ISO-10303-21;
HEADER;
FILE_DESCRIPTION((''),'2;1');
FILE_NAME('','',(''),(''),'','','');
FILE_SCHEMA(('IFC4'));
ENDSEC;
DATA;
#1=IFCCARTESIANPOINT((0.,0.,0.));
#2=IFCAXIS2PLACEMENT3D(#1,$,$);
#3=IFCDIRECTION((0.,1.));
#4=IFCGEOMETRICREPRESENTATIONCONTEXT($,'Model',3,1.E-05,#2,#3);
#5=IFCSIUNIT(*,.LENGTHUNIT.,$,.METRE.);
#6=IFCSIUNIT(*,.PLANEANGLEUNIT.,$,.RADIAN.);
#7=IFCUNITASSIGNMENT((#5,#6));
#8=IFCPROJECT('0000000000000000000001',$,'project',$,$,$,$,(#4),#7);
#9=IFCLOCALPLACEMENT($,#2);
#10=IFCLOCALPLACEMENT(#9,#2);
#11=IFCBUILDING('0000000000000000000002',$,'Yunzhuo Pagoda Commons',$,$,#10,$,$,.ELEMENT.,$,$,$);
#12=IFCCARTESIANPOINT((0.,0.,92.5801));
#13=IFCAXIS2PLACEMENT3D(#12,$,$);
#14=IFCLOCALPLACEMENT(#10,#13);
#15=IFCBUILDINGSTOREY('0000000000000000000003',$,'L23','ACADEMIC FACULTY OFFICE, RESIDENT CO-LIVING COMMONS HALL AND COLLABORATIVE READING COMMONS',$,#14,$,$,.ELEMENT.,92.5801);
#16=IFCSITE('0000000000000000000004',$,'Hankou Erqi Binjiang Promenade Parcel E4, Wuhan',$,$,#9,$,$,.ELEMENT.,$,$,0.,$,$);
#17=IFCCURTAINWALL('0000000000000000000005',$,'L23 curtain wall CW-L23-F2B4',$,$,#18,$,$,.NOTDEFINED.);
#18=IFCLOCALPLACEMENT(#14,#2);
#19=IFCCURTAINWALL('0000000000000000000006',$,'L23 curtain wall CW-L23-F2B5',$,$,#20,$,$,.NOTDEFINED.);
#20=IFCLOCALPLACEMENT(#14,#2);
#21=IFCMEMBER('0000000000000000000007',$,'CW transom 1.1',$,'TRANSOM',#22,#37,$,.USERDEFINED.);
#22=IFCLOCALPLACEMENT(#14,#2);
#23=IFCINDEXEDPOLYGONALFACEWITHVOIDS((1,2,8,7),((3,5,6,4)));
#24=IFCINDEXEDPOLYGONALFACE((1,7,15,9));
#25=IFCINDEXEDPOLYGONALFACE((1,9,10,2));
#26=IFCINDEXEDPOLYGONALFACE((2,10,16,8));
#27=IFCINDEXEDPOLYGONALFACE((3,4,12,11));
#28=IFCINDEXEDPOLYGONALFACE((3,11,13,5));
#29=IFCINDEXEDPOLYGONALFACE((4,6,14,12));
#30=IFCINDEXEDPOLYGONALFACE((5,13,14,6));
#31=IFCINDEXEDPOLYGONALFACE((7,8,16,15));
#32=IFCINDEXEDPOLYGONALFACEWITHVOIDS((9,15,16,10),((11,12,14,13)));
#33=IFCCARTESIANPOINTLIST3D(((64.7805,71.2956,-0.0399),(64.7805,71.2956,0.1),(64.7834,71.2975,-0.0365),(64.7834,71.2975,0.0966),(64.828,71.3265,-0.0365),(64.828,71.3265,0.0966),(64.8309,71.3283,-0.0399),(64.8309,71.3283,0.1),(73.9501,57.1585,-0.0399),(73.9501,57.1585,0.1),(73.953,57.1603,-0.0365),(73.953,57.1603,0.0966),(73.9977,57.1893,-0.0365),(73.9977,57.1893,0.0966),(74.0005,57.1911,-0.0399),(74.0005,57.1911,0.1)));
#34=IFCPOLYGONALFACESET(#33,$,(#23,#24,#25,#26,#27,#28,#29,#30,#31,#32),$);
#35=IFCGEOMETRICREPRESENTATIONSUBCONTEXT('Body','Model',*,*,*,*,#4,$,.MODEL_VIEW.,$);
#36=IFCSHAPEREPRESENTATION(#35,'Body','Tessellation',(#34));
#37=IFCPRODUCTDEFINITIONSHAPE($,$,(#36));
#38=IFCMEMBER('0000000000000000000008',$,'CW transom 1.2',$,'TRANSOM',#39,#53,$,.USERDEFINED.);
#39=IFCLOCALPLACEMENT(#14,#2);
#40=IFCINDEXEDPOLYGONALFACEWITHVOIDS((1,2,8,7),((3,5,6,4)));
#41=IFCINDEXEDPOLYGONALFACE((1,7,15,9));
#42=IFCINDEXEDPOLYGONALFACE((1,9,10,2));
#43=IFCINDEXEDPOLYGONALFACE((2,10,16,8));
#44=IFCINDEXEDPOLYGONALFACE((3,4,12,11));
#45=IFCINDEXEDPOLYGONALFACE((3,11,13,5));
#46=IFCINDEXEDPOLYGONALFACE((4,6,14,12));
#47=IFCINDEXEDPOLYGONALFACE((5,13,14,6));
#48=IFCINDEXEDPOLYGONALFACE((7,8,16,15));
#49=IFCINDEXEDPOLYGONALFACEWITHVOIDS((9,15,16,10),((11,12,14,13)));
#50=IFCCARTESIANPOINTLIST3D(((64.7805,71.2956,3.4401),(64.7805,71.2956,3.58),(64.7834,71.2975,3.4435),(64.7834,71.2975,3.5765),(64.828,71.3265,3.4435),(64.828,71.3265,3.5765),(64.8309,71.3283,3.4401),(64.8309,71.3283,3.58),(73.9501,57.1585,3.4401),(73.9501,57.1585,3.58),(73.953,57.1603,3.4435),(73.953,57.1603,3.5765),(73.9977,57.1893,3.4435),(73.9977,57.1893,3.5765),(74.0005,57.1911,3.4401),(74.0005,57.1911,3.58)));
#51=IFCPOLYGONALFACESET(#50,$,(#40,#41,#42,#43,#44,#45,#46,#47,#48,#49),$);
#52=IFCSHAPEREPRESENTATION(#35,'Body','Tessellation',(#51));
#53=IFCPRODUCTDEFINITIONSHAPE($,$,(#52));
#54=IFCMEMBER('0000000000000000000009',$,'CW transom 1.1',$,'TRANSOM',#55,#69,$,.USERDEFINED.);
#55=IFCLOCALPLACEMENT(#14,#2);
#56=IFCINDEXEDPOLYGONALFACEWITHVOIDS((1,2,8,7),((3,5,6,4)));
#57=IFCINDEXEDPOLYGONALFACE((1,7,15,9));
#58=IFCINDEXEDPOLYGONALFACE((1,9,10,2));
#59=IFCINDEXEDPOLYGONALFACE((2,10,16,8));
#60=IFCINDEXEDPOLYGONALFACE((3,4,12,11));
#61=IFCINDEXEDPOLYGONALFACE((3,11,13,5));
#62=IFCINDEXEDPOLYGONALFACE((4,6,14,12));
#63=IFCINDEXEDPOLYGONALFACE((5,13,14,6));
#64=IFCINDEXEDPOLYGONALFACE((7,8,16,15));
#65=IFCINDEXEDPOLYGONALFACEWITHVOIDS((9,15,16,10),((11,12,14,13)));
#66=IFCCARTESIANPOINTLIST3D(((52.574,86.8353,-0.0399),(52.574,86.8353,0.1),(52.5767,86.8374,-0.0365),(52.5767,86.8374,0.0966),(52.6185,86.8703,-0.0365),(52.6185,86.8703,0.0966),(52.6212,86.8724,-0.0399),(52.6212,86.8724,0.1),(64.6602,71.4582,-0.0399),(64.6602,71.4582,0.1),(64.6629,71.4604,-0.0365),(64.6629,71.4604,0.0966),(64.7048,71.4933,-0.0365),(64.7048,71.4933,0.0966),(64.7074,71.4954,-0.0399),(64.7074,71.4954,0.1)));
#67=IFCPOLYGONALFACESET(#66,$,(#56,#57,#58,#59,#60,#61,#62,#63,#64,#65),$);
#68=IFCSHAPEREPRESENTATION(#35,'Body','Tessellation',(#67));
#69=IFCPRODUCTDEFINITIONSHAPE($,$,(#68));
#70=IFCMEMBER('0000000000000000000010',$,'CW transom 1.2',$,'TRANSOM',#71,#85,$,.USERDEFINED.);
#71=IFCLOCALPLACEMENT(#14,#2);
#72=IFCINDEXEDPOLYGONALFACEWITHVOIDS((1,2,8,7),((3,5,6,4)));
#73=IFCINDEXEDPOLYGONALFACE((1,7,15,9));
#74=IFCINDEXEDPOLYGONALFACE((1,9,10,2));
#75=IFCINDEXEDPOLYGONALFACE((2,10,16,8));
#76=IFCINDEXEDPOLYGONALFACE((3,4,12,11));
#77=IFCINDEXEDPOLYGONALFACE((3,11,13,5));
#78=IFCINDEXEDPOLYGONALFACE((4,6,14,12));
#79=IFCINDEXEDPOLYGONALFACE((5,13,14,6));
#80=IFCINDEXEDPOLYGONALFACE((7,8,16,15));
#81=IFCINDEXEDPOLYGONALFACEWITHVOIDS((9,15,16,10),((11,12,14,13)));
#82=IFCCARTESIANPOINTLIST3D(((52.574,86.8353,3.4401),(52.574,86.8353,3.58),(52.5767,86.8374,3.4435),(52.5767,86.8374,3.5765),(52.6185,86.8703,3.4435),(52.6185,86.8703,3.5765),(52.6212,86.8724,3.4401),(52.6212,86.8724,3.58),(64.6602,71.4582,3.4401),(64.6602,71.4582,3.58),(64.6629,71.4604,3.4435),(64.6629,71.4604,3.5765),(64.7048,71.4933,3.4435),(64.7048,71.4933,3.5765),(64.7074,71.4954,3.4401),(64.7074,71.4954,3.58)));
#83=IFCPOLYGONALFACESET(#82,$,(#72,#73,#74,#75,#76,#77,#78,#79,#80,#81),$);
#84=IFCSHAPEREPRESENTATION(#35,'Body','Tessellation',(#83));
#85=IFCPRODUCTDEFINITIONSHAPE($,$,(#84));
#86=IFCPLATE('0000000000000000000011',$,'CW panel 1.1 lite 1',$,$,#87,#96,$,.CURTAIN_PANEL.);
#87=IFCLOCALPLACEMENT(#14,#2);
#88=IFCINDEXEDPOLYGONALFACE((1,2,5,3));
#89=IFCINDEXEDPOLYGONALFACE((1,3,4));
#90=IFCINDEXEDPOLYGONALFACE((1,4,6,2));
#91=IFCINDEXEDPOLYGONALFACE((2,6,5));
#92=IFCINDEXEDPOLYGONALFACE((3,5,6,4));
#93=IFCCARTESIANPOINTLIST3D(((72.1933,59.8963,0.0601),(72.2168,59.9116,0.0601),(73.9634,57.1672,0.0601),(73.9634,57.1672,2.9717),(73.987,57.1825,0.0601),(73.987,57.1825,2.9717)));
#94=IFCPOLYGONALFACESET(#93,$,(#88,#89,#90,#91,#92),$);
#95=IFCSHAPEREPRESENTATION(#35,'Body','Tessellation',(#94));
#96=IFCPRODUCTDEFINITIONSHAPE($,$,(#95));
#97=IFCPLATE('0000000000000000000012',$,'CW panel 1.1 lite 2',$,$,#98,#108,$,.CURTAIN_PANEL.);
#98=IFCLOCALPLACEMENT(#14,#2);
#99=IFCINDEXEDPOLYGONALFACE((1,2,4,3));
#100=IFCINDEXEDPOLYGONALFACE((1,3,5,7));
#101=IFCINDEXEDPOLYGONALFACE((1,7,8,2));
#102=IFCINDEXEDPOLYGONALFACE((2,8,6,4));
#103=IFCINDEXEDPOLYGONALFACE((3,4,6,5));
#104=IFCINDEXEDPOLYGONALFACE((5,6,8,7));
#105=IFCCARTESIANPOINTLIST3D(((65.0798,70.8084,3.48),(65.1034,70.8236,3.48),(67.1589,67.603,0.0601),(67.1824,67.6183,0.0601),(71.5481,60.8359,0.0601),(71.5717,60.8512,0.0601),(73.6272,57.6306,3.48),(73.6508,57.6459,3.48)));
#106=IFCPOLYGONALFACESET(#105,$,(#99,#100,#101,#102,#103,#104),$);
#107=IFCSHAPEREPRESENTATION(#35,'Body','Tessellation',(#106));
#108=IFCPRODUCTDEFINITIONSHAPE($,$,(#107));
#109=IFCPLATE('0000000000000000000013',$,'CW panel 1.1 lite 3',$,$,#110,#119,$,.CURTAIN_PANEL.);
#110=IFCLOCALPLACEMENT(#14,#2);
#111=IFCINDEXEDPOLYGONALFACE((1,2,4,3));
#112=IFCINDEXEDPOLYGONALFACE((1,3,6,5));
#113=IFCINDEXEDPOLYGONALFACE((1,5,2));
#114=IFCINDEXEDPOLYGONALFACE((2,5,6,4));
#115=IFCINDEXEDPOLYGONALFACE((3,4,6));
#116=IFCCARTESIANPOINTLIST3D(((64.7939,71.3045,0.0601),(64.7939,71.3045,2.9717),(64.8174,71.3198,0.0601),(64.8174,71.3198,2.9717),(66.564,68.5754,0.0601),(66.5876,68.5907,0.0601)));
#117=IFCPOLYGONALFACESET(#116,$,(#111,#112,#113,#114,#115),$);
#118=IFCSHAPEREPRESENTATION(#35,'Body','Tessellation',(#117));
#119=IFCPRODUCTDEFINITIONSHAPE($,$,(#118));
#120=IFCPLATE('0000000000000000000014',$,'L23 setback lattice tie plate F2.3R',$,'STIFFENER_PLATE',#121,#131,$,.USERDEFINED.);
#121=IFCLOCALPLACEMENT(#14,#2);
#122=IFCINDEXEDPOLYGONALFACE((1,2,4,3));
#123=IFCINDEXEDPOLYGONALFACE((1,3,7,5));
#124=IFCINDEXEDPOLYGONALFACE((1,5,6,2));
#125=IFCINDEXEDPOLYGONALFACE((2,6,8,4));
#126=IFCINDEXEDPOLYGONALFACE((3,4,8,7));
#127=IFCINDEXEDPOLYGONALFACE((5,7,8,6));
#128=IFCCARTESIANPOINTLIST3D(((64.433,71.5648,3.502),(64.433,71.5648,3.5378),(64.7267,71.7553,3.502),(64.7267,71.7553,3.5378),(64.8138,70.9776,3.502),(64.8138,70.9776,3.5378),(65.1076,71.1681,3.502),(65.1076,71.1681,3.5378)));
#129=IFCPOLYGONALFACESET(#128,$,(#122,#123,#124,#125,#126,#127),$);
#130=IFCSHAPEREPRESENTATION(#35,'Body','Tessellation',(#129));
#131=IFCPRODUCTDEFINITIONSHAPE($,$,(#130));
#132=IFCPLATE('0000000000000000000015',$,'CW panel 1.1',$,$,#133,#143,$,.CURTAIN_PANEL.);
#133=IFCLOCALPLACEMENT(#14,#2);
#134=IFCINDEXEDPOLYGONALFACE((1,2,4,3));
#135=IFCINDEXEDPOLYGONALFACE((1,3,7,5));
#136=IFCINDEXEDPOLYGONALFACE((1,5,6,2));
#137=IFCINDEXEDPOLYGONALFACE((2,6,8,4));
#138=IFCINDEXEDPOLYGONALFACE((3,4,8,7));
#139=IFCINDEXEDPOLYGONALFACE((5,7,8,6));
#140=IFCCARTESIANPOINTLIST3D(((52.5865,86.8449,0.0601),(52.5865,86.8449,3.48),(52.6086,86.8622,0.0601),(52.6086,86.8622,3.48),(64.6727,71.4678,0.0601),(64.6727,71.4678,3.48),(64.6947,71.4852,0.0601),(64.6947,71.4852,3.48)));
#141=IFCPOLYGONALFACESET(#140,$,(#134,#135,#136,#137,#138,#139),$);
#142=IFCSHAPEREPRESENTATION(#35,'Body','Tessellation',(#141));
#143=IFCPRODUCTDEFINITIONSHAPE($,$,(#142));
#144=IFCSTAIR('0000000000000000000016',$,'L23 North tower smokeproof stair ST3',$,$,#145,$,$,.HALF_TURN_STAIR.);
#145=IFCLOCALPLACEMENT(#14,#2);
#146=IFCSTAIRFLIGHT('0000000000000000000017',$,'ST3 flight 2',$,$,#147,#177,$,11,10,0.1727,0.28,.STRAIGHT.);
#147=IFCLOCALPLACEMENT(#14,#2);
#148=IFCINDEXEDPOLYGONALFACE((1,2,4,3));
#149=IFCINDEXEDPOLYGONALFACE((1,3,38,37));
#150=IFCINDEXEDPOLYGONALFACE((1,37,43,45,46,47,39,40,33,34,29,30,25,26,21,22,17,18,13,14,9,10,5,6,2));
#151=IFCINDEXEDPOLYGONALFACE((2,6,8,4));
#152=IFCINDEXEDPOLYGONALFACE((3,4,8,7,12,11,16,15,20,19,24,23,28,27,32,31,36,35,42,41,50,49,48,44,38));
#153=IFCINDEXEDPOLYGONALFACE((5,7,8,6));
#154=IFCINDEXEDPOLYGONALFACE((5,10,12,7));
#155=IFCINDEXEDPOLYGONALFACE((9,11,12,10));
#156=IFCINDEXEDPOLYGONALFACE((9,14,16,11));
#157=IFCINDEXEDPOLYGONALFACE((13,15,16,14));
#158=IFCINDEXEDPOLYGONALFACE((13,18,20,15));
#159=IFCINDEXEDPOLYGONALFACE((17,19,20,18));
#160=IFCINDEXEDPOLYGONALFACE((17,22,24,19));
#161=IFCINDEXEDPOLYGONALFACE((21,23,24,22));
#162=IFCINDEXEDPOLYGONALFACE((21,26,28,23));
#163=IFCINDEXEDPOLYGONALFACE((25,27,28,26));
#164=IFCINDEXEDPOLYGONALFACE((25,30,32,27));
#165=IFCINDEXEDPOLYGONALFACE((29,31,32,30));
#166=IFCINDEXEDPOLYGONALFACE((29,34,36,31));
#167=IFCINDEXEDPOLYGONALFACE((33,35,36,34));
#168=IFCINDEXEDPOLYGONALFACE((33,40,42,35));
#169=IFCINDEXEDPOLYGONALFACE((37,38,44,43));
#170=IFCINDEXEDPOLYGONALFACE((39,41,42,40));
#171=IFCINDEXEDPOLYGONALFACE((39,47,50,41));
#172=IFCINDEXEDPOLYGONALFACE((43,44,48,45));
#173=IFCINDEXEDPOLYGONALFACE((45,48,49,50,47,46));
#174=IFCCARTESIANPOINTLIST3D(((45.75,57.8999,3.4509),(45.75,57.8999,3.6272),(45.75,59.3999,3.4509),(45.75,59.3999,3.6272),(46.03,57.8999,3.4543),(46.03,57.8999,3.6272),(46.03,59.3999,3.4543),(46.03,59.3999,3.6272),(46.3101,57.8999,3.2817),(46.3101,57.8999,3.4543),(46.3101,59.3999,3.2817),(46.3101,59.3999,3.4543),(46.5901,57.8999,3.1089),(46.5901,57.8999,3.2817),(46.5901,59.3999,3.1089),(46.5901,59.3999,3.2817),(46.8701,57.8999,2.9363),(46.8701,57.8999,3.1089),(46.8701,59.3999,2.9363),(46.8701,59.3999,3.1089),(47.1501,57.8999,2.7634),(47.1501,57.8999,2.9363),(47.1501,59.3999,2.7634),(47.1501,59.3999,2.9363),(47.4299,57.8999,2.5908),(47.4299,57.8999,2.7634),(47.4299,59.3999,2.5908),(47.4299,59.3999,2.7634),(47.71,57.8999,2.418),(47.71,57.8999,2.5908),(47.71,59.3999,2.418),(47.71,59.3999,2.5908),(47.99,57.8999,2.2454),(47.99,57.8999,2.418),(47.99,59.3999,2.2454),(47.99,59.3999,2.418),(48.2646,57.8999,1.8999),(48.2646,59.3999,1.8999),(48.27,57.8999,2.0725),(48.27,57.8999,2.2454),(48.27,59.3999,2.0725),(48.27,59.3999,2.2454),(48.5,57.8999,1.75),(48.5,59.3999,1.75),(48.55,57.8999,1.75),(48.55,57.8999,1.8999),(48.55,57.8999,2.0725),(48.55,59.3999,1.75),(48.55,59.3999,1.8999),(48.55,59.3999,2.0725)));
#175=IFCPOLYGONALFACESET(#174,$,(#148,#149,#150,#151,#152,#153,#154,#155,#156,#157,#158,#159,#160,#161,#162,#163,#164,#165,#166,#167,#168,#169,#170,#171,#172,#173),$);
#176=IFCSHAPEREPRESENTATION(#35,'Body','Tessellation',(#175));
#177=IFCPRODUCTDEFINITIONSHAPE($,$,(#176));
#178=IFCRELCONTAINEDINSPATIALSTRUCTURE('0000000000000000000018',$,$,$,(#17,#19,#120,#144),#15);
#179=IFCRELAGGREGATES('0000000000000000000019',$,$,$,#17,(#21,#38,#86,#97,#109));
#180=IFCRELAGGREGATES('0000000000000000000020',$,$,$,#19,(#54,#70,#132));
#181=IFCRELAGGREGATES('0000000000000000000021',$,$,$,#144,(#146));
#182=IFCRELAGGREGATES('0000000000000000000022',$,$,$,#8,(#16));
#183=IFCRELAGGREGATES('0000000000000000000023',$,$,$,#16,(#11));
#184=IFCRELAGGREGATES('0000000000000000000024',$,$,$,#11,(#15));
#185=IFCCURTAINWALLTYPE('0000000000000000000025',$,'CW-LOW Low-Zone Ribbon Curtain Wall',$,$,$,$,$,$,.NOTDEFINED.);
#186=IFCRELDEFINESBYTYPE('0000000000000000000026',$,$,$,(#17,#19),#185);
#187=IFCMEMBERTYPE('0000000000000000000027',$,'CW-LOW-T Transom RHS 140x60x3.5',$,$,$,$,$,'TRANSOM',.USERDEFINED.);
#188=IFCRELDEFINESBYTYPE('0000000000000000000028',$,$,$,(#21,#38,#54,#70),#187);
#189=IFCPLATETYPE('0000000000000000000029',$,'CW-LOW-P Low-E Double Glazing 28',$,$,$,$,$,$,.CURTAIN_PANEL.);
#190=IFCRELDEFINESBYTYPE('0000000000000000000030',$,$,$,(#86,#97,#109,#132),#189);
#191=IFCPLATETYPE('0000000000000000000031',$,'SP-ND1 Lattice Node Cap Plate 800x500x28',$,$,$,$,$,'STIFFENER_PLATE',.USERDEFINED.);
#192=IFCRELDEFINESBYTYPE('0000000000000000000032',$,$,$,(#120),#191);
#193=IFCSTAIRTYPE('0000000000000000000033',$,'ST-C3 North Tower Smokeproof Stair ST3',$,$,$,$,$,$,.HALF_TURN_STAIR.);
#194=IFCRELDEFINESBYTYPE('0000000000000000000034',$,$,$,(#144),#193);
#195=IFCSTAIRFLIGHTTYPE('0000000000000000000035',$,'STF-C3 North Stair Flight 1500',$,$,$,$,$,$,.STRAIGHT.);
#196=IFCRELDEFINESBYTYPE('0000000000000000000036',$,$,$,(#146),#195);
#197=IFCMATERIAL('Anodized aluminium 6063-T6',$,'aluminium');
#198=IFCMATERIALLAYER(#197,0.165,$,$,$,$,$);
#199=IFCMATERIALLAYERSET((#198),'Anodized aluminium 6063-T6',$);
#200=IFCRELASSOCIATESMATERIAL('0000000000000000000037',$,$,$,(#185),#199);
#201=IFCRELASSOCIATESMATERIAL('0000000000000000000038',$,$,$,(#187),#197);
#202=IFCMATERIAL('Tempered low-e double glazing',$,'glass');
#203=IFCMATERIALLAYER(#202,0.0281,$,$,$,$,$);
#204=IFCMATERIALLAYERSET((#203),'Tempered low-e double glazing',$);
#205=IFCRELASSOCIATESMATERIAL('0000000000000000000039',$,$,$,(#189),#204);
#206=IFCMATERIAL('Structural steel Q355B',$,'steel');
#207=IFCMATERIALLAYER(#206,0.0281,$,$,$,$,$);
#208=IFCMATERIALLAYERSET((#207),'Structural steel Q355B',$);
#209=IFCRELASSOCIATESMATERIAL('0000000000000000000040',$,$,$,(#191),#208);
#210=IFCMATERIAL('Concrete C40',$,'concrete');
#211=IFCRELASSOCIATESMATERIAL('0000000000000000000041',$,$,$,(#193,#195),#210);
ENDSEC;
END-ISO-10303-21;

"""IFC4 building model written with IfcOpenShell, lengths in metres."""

from ifc_helpers import new_model, si_unit, direction, frame, origin, origin_2d, place, context, subcontext, project, spatial, polyline, rectangle, hollow_rectangle, outline, extrude, source, transform, mapped, material, layer, layer_set, material_profile, profile_set, type_object, element, aggregate, save


model = new_model("IFC4")

# Units and contexts
model_context = context("Model", 3, precision=1e-05, world=origin(), true_north=direction((0.0, 1.0)))
body_context = subcontext(model_context, "Body", "Model", "MODEL_VIEW")
ifc_project = project(units=[si_unit("LENGTHUNIT", "METRE"), si_unit("PLANEANGLEUNIT", "RADIAN")], contexts=[model_context])

# Site, building, storey
site_placement = place(None, origin())
site = spatial("IfcSite", under=ifc_project, at=site_placement, Name="Hankou Erqi Binjiang Promenade Parcel E4, Wuhan", CompositionType="ELEMENT", RefElevation=0.0)
building_placement = place(site_placement, origin())
building = spatial("IfcBuilding", under=site, at=building_placement, Name="Yunzhuo Pagoda Commons", CompositionType="ELEMENT")
storey_placement = place(building_placement, frame((0.0, 0.0, 92.5801)))
storey = spatial("IfcBuildingStorey", under=building, at=storey_placement, Name="L23", Description="ACADEMIC FACULTY OFFICE, RESIDENT CO-LIVING COMMONS HALL AND COLLABORATIVE READING COMMONS", CompositionType="ELEMENT", Elevation=92.5801)

# Shared definitions
ifc_material_1 = material(Name="Structural steel Q355B", Category="steel")

# Curtain wall
ifc_material_2 = material(Name="Anodized aluminium 6063-T6", Category="aluminium")
ifc_layer_1 = layer(ifc_material_2, 0.165)
ifc_layer_set_1 = layer_set([ifc_layer_1], Name="Anodized aluminium 6063-T6")
curtain_wall_type = type_object("IfcCurtainWallType", Name="CW-LOW Low-Zone Ribbon Curtain Wall", PredefinedType="NOTDEFINED", material=ifc_layer_set_1)
curtain_wall_1_placement = place(storey_placement, origin())
curtain_wall_1 = element("IfcCurtainWall", 1, at=curtain_wall_1_placement, inside=storey, type_object=curtain_wall_type, Name="L23 curtain wall CW-L23-F2B4", PredefinedType="NOTDEFINED")

# Curtain wall
curtain_wall_2_placement = place(storey_placement, origin())
curtain_wall_2 = element("IfcCurtainWall", 2, at=curtain_wall_2_placement, inside=storey, type_object=curtain_wall_type, Name="L23 curtain wall CW-L23-F2B5", PredefinedType="NOTDEFINED")

# Members
ifc_material_profile_1 = material_profile(ifc_material_2, hollow_rectangle(XDim=0.0601, YDim=0.1399, WallThickness=0.0034, at=origin_2d()), Name="Anodized aluminium 6063-T6")
ifc_profile_set_1 = profile_set([ifc_material_profile_1], Name="Anodized aluminium 6063-T6")
member_type_1 = type_object("IfcMemberType", Name="CW-LOW-T Transom RHS 140x60x3.5", ElementType="TRANSOM", PredefinedType="USERDEFINED", material=ifc_profile_set_1)
shared_shape_1 = source(origin(), body_context, "Body", "SweptSolid", [
    extrude(hollow_rectangle(XDim=0.0601, YDim=0.1399, WallThickness=0.0034, at=origin_2d()), origin(), (0.0, 0.0, 1.0), 16.8506),
])
member_1_placement = place(storey_placement, frame((73.9753, 57.1748, 0.03), z_axis=(-0.544174, 0.838972, 0.0), x_axis=(-0.838972, -0.544174, 0.0)))
member_1 = element("IfcMember", 3, at=member_1_placement, type_object=member_type_1, Name="CW transom 1.1", ObjectType="TRANSOM", PredefinedType="USERDEFINED", context=body_context, shape_type="MappedRepresentation", body=[
    mapped(shared_shape_1, transform((0.0, 0.0, 0.0), scale=1.0)),
])
member_2_placement = place(storey_placement, frame((73.9753, 57.1748, 3.51), z_axis=(-0.544174, 0.838972, 0.0), x_axis=(-0.838972, -0.544174, 0.0)))
member_2 = element("IfcMember", 4, at=member_2_placement, type_object=member_type_1, Name="CW transom 1.2", ObjectType="TRANSOM", PredefinedType="USERDEFINED", context=body_context, shape_type="MappedRepresentation", body=[
    mapped(shared_shape_1, transform((0.0, 0.0, 0.0), scale=1.0)),
])
shared_shape_2 = source(origin(), body_context, "Body", "SweptSolid", [
    extrude(hollow_rectangle(XDim=0.0601, YDim=0.1399, WallThickness=0.0034, at=origin_2d()), origin(), (0.0, 0.0, 1.0), 19.5583),
])
member_3_placement = place(storey_placement, frame((64.6838, 71.4768, 0.03), z_axis=(-0.617957, 0.786212, 0.0), x_axis=(-0.786212, -0.617957, 0.0)))
member_3 = element("IfcMember", 5, at=member_3_placement, type_object=member_type_1, Name="CW transom 1.1", ObjectType="TRANSOM", PredefinedType="USERDEFINED", context=body_context, shape_type="MappedRepresentation", body=[
    mapped(shared_shape_2, transform((0.0, 0.0, 0.0), scale=1.0)),
])
member_4_placement = place(storey_placement, frame((64.6838, 71.4768, 3.51), z_axis=(-0.617957, 0.786212, 0.0), x_axis=(-0.786212, -0.617957, 0.0)))
member_4 = element("IfcMember", 6, at=member_4_placement, type_object=member_type_1, Name="CW transom 1.2", ObjectType="TRANSOM", PredefinedType="USERDEFINED", context=body_context, shape_type="MappedRepresentation", body=[
    mapped(shared_shape_2, transform((0.0, 0.0, 0.0), scale=1.0)),
])

# Plates
ifc_material_3 = material(Name="Tempered low-e double glazing", Category="glass")
ifc_layer_2 = layer(ifc_material_3, 0.0281)
ifc_layer_set_2 = layer_set([ifc_layer_2], Name="Tempered low-e double glazing")
plate_type_1 = type_object("IfcPlateType", Name="CW-LOW-P Low-E Double Glazing 28", PredefinedType="CURTAIN_PANEL", material=ifc_layer_set_2)
plate_1_placement = place(storey_placement, frame((73.0784, 58.5317, 1.5159), z_axis=(0.838972, 0.544174, 0.0), x_axis=(-0.544174, 0.838972, 0.0)))
plate_1 = element("IfcPlate", 7, at=plate_1_placement, type_object=plate_type_1, Name="CW panel 1.1 lite 1", PredefinedType="CURTAIN_PANEL", context=body_context, shape_type="SweptSolid", body=[
    extrude(outline(polyline([(-1.6265, -1.4558), (1.6265, -1.4558), (-1.6265, 1.4558), (-1.6265, -1.4558)])), origin(), (0.0, 0.0, 1.0), 0.0281),
])
plate_2_placement = place(storey_placement, frame((69.3535, 64.2195, 1.77), z_axis=(0.838972, 0.544174, 0.0), x_axis=(-0.544174, 0.838972, 0.0)))
plate_2 = element("IfcPlate", 8, at=plate_2_placement, type_object=plate_type_1, Name="CW panel 1.1 lite 2", PredefinedType="CURTAIN_PANEL", context=body_context, shape_type="SweptSolid", body=[
    extrude(outline(polyline([(-7.8535, 1.71), (-4.033, -1.71), (4.033, -1.71), (7.8535, 1.71), (-7.8535, 1.71)])), origin(), (0.0, 0.0, 1.0), 0.0281),
])
plate_3_placement = place(storey_placement, frame((65.679, 69.9399, 1.5159), z_axis=(0.838972, 0.544174, 0.0), x_axis=(-0.544174, 0.838972, 0.0)))
plate_3 = element("IfcPlate", 9, at=plate_3_placement, type_object=plate_type_1, Name="CW panel 1.1 lite 3", PredefinedType="CURTAIN_PANEL", context=body_context, shape_type="SweptSolid", body=[
    extrude(outline(polyline([(-1.6265, -1.4558), (1.6265, -1.4558), (1.6265, 1.4558), (-1.6265, -1.4558)])), origin(), (0.0, 0.0, 1.0), 0.0281),
])
aggregate(curtain_wall_1, [member_1, member_2, plate_1, plate_2, plate_3])
ifc_layer_3 = layer(ifc_material_1, 0.0281)
ifc_layer_set_3 = layer_set([ifc_layer_3], Name="Structural steel Q355B")
plate_type_2 = type_object("IfcPlateType", Name="SP-ND1 Lattice Node Cap Plate 800x500x28", ElementType="STIFFENER_PLATE", PredefinedType="USERDEFINED", material=ifc_layer_set_3)
shared_shape_3 = source(origin(), body_context, "Body", "SweptSolid", [
    extrude(rectangle(XDim=0.7, YDim=0.3501, at=origin_2d()), origin(), (0.0, 0.0, 1.0), 0.0359),
])
plate_4_placement = place(storey_placement, frame((64.7703, 71.3665, 3.502), z_axis=(0.0, 0.0, 1.0), x_axis=(-0.544171, 0.838975, 0.0)))
element("IfcPlate", 10, at=plate_4_placement, inside=storey, type_object=plate_type_2, Name="L23 setback lattice tie plate F2.3R", ObjectType="STIFFENER_PLATE", PredefinedType="USERDEFINED", context=body_context, shape_type="MappedRepresentation", body=[
    mapped(shared_shape_3, transform((0.0, 0.0, 0.0), scale=1.0)),
])
shared_shape_4 = source(origin(), body_context, "Body", "SweptSolid", [
    extrude(rectangle(XDim=19.5583, YDim=0.0281, at=origin_2d()), origin(), (0.0, 0.0, 1.0), 3.4199),
])
plate_5_placement = place(storey_placement, frame((58.6406, 79.165, 0.0601), z_axis=(0.0, 0.0, 1.0), x_axis=(-0.617953, 0.786215, 0.0)))
plate_5 = element("IfcPlate", 11, at=plate_5_placement, type_object=plate_type_1, Name="CW panel 1.1", PredefinedType="CURTAIN_PANEL", context=body_context, shape_type="MappedRepresentation", body=[
    mapped(shared_shape_4, transform((0.0, 0.0, 0.0), scale=1.0)),
])
aggregate(curtain_wall_2, [member_3, member_4, plate_5])

# Stair, stair flight
ifc_material_4 = material(Name="Concrete C40", Category="concrete")
stair_type = type_object("IfcStairType", Name="ST-C3 North Tower Smokeproof Stair ST3", PredefinedType="HALF_TURN_STAIR", material=ifc_material_4)
stair_placement = place(storey_placement, origin())
stair = element("IfcStair", 12, at=stair_placement, inside=storey, type_object=stair_type, Name="L23 North tower smokeproof stair ST3", PredefinedType="HALF_TURN_STAIR")
stair_flight_type = type_object("IfcStairFlightType", Name="STF-C3 North Stair Flight 1500", PredefinedType="STRAIGHT", material=ifc_material_4)
shared_shape_5 = source(origin(), body_context, "Body", "SweptSolid", [
    extrude(outline(polyline([(0.0, -0.1499), (0.0, 0.0), (0.0, 0.1726), (0.28, 0.1726), (0.28, 0.3455), (0.5601, 0.3455), (0.5601, 0.5181), (0.8401, 0.5181), (0.8401, 0.6909), (1.1201, 0.6909), (1.1201, 0.8635), (1.3999, 0.8635), (1.3999, 1.0364), (1.6799, 1.0364), (1.6799, 1.209), (1.96, 1.209), (1.96, 1.3818), (2.24, 1.3818), (2.24, 1.5544), (2.52, 1.5544), (2.52, 1.7273), (2.8, 1.7273), (2.8, 1.8999), (2.8, 1.551), (0.2854, 0.0), (0.05, -0.1499), (0.0, -0.1499)])), frame((0.0, 0.75, 0.0), z_axis=(0.0, -1.0, 0.0), x_axis=(1.0, 0.0, 0.0)), (0.0, 0.0, 1.0), 1.5),
])
stair_flight_placement = place(storey_placement, frame((48.55, 58.6499, 1.8999), z_axis=(0.0, 0.0, 1.0), x_axis=(-1.0, 0.0, 0.0)))
stair_flight = element("IfcStairFlight", 13, at=stair_flight_placement, type_object=stair_flight_type, Name="ST3 flight 2", NumberOfRisers=11, NumberOfTreads=10, PredefinedType="STRAIGHT", RiserHeight=0.1727, TreadLength=0.28, context=body_context, shape_type="MappedRepresentation", body=[
    mapped(shared_shape_5, transform((0.0, 0.0, 0.0), scale=1.0)),
])
aggregate(stair, [stair_flight])

save(model, "model.ifc")
